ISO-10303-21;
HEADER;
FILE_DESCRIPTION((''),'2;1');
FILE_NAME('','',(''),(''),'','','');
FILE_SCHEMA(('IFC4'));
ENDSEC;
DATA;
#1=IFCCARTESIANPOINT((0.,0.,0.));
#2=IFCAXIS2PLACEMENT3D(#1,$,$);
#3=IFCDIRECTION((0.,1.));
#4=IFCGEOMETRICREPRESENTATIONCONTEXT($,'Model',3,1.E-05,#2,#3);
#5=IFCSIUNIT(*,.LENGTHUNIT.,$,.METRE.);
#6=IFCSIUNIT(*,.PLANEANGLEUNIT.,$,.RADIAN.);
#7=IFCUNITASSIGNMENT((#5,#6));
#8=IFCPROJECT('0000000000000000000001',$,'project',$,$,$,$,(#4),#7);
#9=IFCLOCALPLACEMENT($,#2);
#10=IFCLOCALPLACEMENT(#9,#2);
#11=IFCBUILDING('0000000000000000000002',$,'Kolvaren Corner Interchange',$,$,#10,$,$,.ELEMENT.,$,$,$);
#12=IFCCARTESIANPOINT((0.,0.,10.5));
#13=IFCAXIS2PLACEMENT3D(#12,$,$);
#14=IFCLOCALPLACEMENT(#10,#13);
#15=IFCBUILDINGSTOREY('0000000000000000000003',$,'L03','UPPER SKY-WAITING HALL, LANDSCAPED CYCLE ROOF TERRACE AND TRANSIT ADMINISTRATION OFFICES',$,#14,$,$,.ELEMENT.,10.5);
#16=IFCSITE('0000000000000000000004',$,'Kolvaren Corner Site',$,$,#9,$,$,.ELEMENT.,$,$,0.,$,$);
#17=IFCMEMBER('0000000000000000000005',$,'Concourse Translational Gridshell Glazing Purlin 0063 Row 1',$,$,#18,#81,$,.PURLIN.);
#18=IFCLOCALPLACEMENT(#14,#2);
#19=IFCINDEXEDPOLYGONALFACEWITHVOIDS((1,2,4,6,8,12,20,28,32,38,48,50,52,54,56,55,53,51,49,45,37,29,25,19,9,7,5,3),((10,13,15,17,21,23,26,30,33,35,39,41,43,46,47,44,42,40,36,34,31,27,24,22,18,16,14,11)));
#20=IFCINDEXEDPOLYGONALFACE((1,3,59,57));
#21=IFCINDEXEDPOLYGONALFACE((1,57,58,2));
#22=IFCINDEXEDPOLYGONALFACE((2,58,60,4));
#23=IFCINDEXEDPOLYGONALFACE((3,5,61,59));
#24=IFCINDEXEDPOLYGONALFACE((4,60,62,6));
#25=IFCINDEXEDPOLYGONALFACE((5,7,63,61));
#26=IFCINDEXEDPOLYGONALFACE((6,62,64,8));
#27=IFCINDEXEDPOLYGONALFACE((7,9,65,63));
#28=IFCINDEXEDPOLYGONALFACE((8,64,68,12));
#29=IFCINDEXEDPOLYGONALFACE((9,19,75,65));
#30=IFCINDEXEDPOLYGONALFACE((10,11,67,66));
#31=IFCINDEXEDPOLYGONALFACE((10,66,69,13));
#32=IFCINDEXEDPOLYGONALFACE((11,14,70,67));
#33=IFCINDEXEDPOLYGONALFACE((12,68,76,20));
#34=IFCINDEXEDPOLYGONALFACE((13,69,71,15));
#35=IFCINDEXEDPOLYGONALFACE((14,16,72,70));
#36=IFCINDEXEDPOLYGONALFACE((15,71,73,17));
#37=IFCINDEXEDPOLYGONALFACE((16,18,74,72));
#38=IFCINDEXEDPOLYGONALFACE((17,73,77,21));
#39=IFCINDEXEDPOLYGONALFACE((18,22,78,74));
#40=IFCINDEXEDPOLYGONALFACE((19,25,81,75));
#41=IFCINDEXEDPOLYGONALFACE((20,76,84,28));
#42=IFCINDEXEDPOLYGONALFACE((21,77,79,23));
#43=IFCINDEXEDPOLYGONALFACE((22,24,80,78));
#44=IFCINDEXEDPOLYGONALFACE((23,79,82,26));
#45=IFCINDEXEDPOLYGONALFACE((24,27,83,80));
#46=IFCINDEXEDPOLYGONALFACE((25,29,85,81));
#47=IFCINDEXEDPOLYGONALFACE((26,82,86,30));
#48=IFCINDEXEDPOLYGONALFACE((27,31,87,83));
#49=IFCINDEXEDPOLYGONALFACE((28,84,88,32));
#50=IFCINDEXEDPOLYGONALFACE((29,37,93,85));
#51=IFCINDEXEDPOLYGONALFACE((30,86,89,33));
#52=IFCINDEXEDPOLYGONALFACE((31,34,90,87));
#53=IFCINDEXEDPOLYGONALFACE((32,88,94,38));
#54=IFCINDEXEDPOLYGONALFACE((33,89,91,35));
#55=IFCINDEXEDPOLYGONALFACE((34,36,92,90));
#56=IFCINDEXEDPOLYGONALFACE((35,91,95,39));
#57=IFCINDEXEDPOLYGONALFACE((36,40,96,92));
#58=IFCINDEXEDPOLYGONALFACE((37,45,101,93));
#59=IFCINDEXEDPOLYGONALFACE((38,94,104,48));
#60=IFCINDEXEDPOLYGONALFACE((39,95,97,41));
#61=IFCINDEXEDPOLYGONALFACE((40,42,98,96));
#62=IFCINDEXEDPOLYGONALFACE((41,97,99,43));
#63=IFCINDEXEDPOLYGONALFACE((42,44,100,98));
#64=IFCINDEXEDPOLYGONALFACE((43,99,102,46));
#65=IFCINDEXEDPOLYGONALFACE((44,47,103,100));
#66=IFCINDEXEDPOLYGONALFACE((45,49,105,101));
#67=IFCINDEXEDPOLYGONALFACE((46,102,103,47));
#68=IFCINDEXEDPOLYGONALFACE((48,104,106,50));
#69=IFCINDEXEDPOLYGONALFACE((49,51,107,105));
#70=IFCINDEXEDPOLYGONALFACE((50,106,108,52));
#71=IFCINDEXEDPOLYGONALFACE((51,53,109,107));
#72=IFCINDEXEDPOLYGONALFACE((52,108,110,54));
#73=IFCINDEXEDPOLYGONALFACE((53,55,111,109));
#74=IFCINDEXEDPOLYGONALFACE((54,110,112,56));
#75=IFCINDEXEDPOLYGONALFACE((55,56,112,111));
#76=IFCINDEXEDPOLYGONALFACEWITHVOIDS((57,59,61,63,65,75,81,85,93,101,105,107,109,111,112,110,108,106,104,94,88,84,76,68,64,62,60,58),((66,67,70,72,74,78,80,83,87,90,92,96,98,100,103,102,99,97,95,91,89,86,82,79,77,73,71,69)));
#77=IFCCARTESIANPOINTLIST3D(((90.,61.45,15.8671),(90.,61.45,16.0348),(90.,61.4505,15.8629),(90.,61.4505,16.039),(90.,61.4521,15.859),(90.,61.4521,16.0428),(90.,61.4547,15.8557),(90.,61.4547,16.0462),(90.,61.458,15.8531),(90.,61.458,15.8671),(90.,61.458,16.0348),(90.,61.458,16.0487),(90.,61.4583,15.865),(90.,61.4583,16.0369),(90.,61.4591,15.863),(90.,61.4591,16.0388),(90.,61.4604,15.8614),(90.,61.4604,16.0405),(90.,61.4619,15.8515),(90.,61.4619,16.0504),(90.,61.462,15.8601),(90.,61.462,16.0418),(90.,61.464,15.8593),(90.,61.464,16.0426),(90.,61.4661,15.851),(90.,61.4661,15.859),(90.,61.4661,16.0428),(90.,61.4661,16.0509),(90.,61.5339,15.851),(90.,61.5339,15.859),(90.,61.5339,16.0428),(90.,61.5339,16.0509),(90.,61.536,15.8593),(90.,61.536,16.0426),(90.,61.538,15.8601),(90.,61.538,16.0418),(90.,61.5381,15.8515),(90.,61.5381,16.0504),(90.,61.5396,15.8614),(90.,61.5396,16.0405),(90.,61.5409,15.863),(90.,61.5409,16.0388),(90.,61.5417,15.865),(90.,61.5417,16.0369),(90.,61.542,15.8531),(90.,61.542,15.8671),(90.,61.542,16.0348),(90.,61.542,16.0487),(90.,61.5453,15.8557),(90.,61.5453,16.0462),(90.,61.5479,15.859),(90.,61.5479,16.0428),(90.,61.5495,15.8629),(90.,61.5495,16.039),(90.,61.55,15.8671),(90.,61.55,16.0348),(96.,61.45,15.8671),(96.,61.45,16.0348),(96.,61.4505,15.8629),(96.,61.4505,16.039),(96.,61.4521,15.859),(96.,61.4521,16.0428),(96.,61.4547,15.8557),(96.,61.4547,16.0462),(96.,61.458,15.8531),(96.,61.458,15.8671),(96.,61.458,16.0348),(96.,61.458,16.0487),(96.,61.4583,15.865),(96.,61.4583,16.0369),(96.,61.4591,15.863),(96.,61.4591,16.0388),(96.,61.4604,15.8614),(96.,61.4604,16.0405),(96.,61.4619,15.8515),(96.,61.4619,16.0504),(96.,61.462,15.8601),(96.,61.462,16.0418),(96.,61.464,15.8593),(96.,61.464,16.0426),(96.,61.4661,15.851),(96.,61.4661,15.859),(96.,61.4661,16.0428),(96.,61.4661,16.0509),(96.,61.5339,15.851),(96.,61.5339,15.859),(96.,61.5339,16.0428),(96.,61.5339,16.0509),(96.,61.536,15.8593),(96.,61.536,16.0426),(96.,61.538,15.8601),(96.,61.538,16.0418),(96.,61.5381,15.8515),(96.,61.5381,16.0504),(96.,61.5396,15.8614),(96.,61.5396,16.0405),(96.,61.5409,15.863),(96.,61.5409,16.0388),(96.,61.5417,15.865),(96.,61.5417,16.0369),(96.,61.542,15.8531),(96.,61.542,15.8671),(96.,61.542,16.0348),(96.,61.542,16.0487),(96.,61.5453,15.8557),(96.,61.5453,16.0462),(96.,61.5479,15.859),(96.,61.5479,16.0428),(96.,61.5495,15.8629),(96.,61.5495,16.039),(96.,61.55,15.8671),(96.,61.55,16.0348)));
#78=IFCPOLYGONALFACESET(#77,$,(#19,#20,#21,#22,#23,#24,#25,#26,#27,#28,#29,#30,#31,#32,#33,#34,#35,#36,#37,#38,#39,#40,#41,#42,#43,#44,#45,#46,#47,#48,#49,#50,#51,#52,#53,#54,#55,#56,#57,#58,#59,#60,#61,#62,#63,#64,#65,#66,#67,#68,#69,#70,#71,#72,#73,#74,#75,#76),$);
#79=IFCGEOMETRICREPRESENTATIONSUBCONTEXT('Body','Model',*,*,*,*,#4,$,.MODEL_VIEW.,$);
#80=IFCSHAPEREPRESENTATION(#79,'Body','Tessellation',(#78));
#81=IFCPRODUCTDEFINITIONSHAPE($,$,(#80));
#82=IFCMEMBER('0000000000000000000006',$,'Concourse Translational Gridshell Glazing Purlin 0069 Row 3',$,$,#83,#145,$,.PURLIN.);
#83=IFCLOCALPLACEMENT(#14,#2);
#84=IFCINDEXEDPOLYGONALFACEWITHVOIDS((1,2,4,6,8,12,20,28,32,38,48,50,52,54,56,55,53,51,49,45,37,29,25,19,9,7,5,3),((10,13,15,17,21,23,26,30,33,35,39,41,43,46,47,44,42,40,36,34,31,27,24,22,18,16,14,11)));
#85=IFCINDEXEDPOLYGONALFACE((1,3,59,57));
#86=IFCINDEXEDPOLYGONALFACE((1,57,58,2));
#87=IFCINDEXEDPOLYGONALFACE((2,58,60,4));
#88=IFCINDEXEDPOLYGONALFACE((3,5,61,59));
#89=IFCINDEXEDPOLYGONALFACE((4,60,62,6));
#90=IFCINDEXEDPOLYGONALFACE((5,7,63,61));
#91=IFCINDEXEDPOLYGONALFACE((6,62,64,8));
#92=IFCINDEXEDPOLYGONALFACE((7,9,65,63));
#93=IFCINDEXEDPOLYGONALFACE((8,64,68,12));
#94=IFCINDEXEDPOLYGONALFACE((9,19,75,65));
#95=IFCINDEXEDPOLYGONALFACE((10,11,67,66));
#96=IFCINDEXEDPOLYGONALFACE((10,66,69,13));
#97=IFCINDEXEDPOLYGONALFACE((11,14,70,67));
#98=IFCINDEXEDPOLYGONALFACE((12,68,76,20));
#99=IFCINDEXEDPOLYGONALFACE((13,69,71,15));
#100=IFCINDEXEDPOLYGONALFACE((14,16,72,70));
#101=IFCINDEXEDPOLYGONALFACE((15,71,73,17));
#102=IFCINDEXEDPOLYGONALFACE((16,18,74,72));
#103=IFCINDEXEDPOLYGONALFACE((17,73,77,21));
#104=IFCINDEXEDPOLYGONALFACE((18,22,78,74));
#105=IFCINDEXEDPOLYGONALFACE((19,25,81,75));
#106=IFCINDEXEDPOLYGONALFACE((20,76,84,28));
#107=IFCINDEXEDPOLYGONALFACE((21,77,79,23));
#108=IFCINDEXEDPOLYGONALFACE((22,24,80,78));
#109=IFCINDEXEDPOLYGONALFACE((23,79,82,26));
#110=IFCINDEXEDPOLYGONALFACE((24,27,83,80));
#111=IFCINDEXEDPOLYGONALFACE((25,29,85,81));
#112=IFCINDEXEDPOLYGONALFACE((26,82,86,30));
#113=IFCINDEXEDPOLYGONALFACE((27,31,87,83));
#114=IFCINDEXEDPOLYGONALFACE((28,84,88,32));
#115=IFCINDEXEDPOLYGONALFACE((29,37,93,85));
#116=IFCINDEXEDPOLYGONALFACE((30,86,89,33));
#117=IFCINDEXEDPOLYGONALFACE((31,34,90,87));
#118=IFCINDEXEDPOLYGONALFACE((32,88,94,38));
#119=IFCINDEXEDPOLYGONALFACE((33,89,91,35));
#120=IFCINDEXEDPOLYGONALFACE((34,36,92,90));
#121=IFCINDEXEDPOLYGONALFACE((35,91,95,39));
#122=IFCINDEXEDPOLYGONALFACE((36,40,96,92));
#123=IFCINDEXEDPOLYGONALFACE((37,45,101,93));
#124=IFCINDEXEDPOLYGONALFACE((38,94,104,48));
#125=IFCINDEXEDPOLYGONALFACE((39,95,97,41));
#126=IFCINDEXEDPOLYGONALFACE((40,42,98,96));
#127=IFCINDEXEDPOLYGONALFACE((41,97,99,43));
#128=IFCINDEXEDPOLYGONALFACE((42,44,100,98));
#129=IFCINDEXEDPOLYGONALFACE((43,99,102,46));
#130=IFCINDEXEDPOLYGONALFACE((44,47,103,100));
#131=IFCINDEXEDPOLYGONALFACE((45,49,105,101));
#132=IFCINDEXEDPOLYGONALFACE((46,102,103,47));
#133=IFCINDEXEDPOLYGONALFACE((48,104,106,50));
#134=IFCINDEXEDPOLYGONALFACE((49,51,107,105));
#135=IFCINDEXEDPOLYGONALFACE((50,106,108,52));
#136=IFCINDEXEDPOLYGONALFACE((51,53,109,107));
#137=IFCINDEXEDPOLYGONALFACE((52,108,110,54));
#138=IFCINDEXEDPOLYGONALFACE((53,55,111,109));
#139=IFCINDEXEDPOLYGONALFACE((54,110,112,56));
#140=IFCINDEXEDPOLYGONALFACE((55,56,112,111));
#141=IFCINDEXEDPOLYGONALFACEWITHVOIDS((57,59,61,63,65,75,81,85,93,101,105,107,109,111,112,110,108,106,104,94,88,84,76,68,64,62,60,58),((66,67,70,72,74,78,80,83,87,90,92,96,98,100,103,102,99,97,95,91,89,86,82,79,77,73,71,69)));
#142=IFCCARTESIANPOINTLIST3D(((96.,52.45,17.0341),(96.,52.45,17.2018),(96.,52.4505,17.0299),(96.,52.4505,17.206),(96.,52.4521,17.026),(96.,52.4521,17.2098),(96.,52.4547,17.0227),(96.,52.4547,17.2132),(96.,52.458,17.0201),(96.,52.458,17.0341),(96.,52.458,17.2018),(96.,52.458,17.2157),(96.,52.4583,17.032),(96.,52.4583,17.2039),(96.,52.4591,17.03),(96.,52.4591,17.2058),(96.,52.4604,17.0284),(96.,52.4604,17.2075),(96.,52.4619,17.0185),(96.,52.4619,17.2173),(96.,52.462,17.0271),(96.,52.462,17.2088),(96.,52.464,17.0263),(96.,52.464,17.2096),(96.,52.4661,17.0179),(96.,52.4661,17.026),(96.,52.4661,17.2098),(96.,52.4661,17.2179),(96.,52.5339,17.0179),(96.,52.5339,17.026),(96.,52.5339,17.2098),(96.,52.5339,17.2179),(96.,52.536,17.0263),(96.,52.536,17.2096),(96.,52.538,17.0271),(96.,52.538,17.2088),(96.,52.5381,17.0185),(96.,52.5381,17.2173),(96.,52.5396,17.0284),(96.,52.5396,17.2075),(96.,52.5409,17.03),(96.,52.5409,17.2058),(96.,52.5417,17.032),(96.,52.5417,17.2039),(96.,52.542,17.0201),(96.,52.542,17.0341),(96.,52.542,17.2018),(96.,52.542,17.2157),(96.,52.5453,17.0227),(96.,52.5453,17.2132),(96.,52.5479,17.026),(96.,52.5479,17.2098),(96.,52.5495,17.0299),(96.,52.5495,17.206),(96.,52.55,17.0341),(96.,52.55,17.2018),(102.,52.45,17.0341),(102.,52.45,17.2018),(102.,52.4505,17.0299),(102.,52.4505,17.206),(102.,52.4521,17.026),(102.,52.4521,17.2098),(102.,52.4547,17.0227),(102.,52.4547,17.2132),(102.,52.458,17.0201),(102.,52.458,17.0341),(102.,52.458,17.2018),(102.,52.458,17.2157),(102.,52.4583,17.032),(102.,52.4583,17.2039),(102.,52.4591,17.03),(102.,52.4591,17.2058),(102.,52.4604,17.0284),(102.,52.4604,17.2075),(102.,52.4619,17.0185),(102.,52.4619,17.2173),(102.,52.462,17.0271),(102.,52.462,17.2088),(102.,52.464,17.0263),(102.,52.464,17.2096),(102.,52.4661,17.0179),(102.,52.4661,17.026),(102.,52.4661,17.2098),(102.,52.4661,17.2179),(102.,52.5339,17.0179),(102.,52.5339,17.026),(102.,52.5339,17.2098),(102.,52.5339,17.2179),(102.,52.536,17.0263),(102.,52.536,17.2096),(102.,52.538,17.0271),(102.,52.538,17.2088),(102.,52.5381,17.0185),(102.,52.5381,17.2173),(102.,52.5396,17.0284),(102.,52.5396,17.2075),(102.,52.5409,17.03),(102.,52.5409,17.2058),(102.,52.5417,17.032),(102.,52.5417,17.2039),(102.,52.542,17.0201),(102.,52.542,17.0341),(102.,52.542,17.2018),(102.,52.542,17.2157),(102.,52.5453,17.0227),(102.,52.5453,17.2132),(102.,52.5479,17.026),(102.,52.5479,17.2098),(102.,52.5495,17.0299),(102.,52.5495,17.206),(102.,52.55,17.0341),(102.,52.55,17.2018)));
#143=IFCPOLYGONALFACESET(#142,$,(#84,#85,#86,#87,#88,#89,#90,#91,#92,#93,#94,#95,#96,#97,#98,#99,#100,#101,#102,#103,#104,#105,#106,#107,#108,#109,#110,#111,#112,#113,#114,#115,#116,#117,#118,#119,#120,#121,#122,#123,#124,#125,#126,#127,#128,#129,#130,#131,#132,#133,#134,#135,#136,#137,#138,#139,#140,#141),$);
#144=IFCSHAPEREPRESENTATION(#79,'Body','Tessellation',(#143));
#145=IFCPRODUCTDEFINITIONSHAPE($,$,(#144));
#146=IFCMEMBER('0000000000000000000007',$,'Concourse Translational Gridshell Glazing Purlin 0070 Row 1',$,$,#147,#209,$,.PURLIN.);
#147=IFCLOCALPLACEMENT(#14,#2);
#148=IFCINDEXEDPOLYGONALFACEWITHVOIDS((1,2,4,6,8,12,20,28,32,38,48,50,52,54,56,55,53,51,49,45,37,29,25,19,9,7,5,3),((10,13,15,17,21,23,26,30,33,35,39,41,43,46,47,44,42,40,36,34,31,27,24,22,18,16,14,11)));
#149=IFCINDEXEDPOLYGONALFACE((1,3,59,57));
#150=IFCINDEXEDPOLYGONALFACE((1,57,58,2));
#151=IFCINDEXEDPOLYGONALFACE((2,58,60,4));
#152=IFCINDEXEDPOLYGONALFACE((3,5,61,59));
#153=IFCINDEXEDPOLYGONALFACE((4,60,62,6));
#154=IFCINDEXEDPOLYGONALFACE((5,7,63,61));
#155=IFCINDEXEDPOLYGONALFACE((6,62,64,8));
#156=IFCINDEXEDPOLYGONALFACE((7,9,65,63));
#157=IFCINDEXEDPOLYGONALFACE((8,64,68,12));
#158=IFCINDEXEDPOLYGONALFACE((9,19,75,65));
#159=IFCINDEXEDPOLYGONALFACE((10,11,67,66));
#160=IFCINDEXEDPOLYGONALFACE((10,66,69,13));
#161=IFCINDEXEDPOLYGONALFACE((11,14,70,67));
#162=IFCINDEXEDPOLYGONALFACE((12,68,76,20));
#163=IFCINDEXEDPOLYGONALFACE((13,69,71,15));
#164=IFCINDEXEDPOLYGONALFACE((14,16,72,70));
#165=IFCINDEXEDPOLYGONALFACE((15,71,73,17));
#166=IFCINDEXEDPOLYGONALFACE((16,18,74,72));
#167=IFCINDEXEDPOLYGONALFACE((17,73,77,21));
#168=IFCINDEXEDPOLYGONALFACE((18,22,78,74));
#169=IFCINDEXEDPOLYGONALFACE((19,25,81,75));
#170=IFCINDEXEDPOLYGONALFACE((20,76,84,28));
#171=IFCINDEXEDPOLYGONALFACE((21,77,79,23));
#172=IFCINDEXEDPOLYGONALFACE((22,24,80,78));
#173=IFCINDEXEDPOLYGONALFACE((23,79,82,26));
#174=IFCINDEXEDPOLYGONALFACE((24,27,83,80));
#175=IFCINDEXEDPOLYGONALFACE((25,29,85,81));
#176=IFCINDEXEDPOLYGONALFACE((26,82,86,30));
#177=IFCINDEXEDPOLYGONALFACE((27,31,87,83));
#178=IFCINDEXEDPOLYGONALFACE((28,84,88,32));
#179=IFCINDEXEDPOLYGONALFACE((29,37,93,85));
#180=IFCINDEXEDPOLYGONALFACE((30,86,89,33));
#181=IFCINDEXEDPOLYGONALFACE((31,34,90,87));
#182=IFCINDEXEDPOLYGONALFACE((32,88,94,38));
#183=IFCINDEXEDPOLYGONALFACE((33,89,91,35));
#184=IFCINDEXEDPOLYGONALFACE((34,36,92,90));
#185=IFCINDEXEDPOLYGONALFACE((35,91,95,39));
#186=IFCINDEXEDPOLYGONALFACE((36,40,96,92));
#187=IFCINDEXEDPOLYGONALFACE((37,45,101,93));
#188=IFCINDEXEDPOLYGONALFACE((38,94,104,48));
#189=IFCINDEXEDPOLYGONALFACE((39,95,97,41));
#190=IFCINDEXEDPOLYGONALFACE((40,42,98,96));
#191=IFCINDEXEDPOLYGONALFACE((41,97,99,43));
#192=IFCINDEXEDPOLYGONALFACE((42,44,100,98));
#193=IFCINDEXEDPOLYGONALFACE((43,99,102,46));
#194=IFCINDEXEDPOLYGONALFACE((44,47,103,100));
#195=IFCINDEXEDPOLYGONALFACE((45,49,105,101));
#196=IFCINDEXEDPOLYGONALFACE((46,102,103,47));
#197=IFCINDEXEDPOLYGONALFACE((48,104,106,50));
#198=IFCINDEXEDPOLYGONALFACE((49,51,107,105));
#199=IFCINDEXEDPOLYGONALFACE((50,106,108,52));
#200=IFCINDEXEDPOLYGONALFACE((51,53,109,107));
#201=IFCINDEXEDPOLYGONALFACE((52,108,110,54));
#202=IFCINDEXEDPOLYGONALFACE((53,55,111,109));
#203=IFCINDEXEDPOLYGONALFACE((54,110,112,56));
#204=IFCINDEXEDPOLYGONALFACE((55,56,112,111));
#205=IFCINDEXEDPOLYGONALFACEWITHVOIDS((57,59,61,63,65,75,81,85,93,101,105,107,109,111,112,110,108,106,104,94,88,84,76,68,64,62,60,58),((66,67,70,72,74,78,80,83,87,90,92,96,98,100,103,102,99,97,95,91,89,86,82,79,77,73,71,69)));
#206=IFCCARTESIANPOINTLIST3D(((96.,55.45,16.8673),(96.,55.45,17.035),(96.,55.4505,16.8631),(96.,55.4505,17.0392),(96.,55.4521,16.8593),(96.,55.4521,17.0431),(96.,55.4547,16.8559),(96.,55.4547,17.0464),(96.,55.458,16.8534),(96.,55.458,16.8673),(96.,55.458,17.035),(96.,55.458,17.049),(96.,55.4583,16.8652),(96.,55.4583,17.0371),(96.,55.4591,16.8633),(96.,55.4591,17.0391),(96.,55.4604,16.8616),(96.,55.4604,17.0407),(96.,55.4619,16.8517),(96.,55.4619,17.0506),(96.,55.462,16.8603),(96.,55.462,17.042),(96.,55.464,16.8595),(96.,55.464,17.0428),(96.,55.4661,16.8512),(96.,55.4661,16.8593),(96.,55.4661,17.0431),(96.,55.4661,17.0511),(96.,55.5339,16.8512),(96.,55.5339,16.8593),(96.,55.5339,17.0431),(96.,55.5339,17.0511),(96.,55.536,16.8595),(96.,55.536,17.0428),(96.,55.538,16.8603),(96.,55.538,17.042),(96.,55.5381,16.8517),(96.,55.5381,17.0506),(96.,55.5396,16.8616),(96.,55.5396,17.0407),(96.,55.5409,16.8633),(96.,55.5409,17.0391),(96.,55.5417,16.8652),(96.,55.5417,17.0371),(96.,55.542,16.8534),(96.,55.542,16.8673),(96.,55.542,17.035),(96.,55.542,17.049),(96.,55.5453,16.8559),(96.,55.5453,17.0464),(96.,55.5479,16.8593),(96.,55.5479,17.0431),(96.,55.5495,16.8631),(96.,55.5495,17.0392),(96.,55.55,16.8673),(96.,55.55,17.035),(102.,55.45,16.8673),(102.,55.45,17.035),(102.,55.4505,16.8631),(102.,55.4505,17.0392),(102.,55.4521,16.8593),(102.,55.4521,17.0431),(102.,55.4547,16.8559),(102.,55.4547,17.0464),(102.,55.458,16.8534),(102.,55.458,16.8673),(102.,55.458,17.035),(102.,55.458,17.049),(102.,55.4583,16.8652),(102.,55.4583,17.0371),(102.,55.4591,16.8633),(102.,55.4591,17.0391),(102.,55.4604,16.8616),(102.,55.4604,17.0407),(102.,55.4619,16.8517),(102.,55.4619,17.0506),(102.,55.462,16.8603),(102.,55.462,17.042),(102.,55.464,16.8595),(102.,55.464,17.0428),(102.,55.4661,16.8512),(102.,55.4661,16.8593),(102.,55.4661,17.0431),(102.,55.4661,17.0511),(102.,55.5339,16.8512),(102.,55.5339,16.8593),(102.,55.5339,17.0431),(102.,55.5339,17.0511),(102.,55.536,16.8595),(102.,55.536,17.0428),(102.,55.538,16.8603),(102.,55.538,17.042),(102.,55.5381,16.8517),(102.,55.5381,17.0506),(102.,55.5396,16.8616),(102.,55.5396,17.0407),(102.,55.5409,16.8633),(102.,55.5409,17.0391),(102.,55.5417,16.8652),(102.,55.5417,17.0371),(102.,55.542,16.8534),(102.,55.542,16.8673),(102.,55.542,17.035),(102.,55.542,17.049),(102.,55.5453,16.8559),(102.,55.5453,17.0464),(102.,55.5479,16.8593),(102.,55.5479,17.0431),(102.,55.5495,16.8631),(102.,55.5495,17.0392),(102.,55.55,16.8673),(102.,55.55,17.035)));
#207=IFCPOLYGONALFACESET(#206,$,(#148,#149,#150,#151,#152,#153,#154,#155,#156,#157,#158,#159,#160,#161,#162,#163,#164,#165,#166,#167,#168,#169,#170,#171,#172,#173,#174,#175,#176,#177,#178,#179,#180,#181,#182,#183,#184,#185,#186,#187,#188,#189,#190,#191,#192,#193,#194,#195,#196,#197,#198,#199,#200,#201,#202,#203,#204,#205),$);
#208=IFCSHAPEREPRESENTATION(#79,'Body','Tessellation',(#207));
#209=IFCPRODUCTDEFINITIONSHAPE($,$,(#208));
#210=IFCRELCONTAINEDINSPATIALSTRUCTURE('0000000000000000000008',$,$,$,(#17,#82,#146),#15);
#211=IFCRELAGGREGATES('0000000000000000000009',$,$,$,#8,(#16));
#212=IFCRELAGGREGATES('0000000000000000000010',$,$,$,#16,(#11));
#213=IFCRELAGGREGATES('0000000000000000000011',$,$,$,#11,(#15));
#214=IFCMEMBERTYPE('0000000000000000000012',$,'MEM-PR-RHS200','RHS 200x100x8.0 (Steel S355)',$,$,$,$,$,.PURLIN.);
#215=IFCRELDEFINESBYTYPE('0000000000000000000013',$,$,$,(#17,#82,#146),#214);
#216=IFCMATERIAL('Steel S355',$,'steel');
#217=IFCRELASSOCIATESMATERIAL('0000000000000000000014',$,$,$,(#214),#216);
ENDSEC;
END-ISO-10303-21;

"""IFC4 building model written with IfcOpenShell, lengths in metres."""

from ifc_helpers import new_model, si_unit, direction, frame, origin, origin_2d, place, context, subcontext, project, spatial, hollow_rectangle, extrude, material, material_profile, profile_set, type_object, element, save


model = new_model("IFC4")

# Units and contexts
model_context = context("Model", 3, precision=1e-05, world=origin(), true_north=direction((0.0, 1.0)))
body_context = subcontext(model_context, "Body", "Model", "MODEL_VIEW")
ifc_project = project(units=[si_unit("LENGTHUNIT", "METRE"), si_unit("PLANEANGLEUNIT", "RADIAN")], contexts=[model_context])

# Site, building, storey
site_placement = place(None, origin())
site = spatial("IfcSite", under=ifc_project, at=site_placement, Name="Kolvaren Corner Site", CompositionType="ELEMENT", RefElevation=0.0)
building_placement = place(site_placement, origin())
building = spatial("IfcBuilding", under=site, at=building_placement, Name="Kolvaren Corner Interchange", CompositionType="ELEMENT")
storey_placement = place(building_placement, frame((0.0, 0.0, 10.5)))
storey = spatial("IfcBuildingStorey", under=building, at=storey_placement, Name="L03", Description="UPPER SKY-WAITING HALL, LANDSCAPED CYCLE ROOF TERRACE AND TRANSIT ADMINISTRATION OFFICES", CompositionType="ELEMENT", Elevation=10.5)

# Members
ifc_material_1 = material(Name="Steel S355", Category="steel")
ifc_material_profile_1 = material_profile(ifc_material_1, hollow_rectangle(XDim=0.1001, YDim=0.2, WallThickness=0.0081, InnerFilletRadius=0.0081, OuterFilletRadius=0.0161, at=origin_2d()), Name="RHS 200x100x8.0")
ifc_profile_set_1 = profile_set([ifc_material_profile_1], Name="Steel S355")
member_type_1 = type_object("IfcMemberType", Name="MEM-PR-RHS200", Description="RHS 200x100x8.0 (Steel S355)", PredefinedType="PURLIN", material=ifc_profile_set_1)
for number, where, z_axis, x_axis, name in (
    (1, (90.0, 61.5, 15.9509), (1.0, 0.0, 0.0), (0.0, 1.0, 0.0), "Concourse Translational Gridshell Glazing Purlin 0063 Row 1"),
    (2, (96.0, 52.5, 17.1179), (1.0, 0.0, 0.0), (0.0, 1.0, 0.0), "Concourse Translational Gridshell Glazing Purlin 0069 Row 3"),
    (3, (96.0, 55.5, 16.9512), (1.0, 0.0, 0.0), (0.0, 1.0, 0.0), "Concourse Translational Gridshell Glazing Purlin 0070 Row 1"),
):
    element("IfcMember", number, at=place(storey_placement, frame(where, z_axis=z_axis, x_axis=x_axis)), inside=storey, type_object=member_type_1, Name=name, PredefinedType="PURLIN", context=body_context, shape_type="SweptSolid", body=[
        extrude(hollow_rectangle(XDim=0.1001, YDim=0.2, WallThickness=0.0081, InnerFilletRadius=0.0081, OuterFilletRadius=0.0161, at=origin_2d()), origin(), (0.0, 0.0, 1.0), 6.0),
    ])

save(model, "model.ifc")
